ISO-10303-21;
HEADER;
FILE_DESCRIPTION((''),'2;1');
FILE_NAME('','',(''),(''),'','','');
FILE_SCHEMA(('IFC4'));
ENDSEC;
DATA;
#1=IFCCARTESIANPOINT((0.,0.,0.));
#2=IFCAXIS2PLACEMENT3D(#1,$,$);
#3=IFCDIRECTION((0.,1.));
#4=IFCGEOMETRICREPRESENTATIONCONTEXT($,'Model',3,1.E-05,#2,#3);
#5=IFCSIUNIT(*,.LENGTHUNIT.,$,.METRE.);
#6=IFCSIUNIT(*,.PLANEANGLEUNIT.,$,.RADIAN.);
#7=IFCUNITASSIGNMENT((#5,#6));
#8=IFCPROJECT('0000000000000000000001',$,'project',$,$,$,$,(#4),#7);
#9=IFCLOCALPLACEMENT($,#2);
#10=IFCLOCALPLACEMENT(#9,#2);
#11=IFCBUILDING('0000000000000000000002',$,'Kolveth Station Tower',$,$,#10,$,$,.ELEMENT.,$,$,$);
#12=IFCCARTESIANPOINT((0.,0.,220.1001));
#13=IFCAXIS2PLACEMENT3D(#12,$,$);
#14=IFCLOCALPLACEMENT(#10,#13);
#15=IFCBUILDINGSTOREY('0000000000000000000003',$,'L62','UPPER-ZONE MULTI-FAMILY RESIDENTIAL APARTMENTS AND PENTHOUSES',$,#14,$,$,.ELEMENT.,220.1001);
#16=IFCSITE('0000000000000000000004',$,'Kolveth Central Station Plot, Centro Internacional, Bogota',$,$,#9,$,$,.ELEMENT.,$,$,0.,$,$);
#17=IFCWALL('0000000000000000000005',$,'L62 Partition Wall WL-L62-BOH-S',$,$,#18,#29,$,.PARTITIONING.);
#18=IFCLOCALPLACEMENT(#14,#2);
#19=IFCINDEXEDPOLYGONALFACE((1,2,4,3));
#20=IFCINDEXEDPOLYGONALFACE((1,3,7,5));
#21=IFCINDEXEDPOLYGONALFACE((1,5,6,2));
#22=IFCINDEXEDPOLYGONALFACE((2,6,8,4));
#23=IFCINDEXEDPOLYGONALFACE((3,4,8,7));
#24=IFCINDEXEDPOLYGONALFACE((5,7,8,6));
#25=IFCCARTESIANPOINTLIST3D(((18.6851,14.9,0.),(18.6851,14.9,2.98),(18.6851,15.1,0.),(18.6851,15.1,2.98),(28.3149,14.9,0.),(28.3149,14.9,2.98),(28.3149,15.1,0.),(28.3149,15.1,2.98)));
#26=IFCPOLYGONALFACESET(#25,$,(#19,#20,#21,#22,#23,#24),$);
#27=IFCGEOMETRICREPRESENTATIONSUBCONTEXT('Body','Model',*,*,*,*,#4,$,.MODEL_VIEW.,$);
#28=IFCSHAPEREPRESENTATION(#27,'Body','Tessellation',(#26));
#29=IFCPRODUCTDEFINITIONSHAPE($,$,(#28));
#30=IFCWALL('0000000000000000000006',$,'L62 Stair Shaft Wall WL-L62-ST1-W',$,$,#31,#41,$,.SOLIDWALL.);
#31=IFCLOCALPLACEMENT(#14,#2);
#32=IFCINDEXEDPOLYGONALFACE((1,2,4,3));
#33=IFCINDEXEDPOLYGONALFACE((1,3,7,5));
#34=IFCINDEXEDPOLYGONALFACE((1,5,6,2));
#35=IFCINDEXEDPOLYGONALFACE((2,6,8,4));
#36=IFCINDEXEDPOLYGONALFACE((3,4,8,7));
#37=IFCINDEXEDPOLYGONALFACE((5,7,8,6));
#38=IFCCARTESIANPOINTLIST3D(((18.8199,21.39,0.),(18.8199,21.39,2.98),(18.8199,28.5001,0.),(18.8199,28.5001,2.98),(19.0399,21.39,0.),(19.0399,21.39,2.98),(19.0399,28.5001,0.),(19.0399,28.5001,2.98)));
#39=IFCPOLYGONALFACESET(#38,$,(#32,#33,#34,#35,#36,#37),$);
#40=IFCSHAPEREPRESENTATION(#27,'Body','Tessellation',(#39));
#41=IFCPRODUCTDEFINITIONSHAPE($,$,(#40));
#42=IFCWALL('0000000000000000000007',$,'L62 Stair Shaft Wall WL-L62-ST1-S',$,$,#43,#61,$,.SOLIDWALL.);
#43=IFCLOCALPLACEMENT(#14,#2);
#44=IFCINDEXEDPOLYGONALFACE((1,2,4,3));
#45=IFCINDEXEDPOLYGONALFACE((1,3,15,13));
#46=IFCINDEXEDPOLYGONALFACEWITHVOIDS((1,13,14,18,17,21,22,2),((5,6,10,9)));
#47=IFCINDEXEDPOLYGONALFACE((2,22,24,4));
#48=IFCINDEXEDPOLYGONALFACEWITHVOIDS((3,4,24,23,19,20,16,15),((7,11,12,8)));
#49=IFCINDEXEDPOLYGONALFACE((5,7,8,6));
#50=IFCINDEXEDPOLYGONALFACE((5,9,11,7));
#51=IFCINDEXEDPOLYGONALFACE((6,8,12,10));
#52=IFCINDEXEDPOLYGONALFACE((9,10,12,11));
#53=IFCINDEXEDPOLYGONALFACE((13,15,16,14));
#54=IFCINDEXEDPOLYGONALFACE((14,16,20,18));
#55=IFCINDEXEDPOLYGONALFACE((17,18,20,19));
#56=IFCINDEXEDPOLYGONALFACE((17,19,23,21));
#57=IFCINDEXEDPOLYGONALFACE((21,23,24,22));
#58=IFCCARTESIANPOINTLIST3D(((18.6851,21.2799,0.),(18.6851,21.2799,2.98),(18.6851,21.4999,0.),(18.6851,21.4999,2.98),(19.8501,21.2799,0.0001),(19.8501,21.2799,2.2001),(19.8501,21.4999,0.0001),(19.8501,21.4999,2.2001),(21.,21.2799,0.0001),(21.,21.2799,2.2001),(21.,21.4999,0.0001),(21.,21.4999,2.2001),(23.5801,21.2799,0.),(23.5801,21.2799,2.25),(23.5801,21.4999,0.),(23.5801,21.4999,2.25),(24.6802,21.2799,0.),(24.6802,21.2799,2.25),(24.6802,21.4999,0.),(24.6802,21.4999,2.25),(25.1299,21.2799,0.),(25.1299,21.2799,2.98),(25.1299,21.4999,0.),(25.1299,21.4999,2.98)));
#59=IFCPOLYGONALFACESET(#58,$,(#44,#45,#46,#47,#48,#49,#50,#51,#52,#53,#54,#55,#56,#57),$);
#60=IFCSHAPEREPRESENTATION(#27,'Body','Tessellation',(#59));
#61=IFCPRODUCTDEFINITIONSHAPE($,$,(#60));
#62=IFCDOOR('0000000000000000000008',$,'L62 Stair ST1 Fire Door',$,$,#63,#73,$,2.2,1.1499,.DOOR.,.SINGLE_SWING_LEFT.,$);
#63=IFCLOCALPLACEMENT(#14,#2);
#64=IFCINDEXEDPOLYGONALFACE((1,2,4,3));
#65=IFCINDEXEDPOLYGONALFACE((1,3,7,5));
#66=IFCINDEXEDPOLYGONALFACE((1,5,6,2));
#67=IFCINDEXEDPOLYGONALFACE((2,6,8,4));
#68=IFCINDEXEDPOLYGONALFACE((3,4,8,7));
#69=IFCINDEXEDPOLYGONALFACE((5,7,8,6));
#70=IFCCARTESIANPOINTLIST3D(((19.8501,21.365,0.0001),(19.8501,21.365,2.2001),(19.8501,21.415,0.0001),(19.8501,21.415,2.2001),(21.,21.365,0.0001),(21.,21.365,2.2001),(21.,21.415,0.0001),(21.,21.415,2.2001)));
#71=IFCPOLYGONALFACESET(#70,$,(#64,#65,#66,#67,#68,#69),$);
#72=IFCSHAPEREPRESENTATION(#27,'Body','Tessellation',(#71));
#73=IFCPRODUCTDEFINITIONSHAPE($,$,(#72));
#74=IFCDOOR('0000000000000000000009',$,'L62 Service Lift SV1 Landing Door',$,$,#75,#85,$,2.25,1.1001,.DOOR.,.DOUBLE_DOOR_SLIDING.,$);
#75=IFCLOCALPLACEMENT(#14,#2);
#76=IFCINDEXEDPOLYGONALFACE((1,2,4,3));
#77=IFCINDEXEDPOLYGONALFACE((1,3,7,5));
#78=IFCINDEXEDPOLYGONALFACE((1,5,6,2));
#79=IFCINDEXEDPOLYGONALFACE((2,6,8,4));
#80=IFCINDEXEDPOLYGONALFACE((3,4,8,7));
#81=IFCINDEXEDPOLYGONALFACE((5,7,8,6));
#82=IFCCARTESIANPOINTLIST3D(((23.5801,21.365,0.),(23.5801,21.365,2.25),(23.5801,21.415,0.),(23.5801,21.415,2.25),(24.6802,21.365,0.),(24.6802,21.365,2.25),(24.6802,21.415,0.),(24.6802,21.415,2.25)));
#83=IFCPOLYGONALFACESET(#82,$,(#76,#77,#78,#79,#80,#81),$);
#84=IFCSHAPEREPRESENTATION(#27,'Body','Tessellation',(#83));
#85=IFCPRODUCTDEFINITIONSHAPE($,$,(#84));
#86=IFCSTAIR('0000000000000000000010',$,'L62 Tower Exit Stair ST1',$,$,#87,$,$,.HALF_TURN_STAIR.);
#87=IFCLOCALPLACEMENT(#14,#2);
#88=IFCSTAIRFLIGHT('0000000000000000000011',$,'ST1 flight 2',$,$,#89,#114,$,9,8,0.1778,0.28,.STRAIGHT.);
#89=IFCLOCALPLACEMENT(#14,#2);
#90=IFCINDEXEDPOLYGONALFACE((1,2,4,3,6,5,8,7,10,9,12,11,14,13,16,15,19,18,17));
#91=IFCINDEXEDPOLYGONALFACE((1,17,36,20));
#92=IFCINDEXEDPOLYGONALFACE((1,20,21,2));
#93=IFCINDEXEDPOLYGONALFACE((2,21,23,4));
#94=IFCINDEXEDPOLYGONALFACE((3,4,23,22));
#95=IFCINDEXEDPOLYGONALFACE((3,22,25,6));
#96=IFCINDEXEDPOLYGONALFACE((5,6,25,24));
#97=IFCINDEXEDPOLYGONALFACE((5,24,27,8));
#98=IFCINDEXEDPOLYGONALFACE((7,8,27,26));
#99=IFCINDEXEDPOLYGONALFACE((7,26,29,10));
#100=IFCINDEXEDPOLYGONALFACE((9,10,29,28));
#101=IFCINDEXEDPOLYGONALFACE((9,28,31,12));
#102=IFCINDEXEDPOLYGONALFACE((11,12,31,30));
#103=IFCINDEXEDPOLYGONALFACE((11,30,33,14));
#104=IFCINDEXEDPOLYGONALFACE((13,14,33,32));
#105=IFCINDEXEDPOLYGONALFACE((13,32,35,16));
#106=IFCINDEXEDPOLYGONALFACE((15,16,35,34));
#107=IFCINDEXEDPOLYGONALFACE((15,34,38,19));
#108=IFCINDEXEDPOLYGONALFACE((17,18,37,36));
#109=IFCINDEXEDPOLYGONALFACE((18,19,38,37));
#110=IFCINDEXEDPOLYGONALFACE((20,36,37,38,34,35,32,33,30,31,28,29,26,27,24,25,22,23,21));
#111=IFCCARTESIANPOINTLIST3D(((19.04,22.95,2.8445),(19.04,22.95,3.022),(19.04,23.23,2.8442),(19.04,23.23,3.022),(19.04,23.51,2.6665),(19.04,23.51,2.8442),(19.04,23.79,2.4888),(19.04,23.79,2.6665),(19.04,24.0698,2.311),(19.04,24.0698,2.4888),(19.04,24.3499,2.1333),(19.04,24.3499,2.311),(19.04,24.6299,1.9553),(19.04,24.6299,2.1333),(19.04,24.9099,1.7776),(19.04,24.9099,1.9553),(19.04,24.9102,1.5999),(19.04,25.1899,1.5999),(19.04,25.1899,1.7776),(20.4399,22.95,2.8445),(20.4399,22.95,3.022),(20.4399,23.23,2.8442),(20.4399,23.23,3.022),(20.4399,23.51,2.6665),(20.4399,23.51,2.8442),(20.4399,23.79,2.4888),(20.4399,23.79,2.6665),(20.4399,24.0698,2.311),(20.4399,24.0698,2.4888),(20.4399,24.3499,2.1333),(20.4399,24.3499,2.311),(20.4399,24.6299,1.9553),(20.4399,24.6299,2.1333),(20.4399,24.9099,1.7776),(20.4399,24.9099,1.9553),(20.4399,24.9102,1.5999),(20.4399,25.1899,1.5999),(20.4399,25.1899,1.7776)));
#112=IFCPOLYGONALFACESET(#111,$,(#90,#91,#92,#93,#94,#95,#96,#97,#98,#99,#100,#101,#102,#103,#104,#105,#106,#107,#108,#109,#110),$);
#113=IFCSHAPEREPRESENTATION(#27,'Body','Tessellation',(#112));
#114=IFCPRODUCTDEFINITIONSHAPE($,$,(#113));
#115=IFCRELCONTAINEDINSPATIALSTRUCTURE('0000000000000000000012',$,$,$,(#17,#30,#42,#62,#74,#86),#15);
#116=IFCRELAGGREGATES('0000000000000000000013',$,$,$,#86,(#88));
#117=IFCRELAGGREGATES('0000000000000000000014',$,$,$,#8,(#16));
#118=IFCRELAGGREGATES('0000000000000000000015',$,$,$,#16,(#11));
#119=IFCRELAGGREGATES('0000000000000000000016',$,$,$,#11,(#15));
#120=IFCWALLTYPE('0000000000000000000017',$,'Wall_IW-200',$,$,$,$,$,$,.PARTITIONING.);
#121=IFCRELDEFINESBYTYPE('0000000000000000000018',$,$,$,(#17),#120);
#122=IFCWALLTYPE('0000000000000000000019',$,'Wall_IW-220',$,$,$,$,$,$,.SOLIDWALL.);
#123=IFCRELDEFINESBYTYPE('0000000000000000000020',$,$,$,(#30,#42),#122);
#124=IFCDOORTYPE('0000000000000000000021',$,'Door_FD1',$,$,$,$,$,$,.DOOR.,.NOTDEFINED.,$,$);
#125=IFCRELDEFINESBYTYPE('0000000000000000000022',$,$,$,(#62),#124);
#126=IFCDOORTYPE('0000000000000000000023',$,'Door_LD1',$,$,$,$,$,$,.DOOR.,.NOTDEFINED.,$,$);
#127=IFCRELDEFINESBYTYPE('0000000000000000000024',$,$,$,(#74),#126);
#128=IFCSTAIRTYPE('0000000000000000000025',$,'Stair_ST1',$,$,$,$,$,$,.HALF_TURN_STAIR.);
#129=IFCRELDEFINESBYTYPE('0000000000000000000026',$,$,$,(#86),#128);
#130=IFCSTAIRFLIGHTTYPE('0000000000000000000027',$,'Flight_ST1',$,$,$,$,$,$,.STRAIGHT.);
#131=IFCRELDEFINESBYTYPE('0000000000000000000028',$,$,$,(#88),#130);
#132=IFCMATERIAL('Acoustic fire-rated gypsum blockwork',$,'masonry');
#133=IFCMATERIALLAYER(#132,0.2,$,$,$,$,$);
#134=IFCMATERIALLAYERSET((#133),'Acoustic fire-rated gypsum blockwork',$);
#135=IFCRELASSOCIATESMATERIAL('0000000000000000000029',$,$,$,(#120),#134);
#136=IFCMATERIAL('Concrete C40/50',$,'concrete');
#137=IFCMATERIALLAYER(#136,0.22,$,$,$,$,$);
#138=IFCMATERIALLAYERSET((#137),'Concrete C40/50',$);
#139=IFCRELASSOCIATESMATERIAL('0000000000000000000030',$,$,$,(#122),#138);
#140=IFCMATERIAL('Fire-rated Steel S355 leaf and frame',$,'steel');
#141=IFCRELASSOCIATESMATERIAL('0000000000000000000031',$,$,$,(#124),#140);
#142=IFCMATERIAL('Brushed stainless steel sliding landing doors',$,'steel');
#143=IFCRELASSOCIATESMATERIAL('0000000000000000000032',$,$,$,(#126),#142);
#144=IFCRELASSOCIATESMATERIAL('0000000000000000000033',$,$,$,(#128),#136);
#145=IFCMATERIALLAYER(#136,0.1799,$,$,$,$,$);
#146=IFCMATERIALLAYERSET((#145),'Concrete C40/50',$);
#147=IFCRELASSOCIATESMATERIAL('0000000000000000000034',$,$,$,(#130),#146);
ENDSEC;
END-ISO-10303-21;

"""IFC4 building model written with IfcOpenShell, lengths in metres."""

from ifc_helpers import new_model, si_unit, direction, frame, frame_2d, origin, place, context, subcontext, project, spatial, polyline, rectangle, outline, extrude, material, layer, layer_set, type_object, element, fill, aggregate, save


model = new_model("IFC4")

# Units and contexts
model_context = context("Model", 3, precision=1e-05, world=origin(), true_north=direction((0.0, 1.0)))
body_context = subcontext(model_context, "Body", "Model", "MODEL_VIEW")
ifc_project = project(units=[si_unit("LENGTHUNIT", "METRE"), si_unit("PLANEANGLEUNIT", "RADIAN")], contexts=[model_context])

# Site, building, storey
site_placement = place(None, origin())
site = spatial("IfcSite", under=ifc_project, at=site_placement, Name="Kolveth Central Station Plot, Centro Internacional, Bogota", CompositionType="ELEMENT", RefElevation=0.0)
building_placement = place(site_placement, origin())
building = spatial("IfcBuilding", under=site, at=building_placement, Name="Kolveth Station Tower", CompositionType="ELEMENT")
storey_placement = place(building_placement, frame((0.0, 0.0, 220.1001)))
storey = spatial("IfcBuildingStorey", under=building, at=storey_placement, Name="L62", Description="UPPER-ZONE MULTI-FAMILY RESIDENTIAL APARTMENTS AND PENTHOUSES", CompositionType="ELEMENT", Elevation=220.1001)

# Shared definitions
ifc_material_1 = material(Name="Acoustic fire-rated gypsum blockwork", Category="masonry")
ifc_layer_1 = layer(ifc_material_1, 0.2)
ifc_layer_set_1 = layer_set([ifc_layer_1], Name="Acoustic fire-rated gypsum blockwork")
wall_type_1 = type_object("IfcWallType", Name="Wall_IW-200", PredefinedType="PARTITIONING", material=ifc_layer_set_1)

# Walls
wall_1_placement = place(storey_placement, frame((18.6851, 15.0, 0.0), z_axis=(0.0, 0.0, 1.0), x_axis=(1.0, 0.0, 0.0)))
element("IfcWall", 1, at=wall_1_placement, inside=storey, type_object=wall_type_1, Name="L62 Partition Wall WL-L62-BOH-S", PredefinedType="PARTITIONING", context=body_context, shape_type="SweptSolid", body=[
    extrude(rectangle(XDim=9.6299, YDim=0.2, at=frame_2d((4.8149, 0.0))), origin(), (0.0, 0.0, 1.0), 2.98),
])
ifc_material_2 = material(Name="Concrete C40/50", Category="concrete")
ifc_layer_2 = layer(ifc_material_2, 0.22)
ifc_layer_set_2 = layer_set([ifc_layer_2], Name="Concrete C40/50")
wall_type_2 = type_object("IfcWallType", Name="Wall_IW-220", PredefinedType="SOLIDWALL", material=ifc_layer_set_2)
wall_2_placement = place(storey_placement, frame((18.9299, 21.3899, 0.0), z_axis=(0.0, 0.0, 1.0), x_axis=(0.0, 1.0, 0.0)))
element("IfcWall", 2, at=wall_2_placement, inside=storey, type_object=wall_type_2, Name="L62 Stair Shaft Wall WL-L62-ST1-W", PredefinedType="SOLIDWALL", context=body_context, shape_type="SweptSolid", body=[
    extrude(rectangle(XDim=7.1101, YDim=0.22, at=frame_2d((3.5552, 0.0))), origin(), (0.0, 0.0, 1.0), 2.98),
])

# Wall, openings, doors
wall_3_placement = place(storey_placement, frame((18.6851, 21.3899, 0.0), z_axis=(0.0, 0.0, 1.0), x_axis=(1.0, 0.0, 0.0)))
wall_3 = element("IfcWall", 3, at=wall_3_placement, inside=storey, type_object=wall_type_2, Name="L62 Stair Shaft Wall WL-L62-ST1-S", PredefinedType="SOLIDWALL", context=body_context, shape_type="SweptSolid", body=[
    extrude(rectangle(XDim=6.4448, YDim=0.22, at=frame_2d((3.2224, 0.0))), origin(), (0.0, 0.0, 1.0), 2.98),
])
opening_1_placement = place(wall_3_placement, frame((1.165, 0.0, 0.0)))
opening_1 = element("IfcOpeningElement", 4, at=opening_1_placement, cuts=wall_3, PredefinedType="OPENING", context=body_context, shape_type="SweptSolid", body=[
    extrude(rectangle(XDim=1.1499, YDim=2.2, at=frame_2d((0.575, 1.1001))), frame((0.0, 0.1199, 0.0), z_axis=(0.0, -1.0, 0.0), x_axis=(1.0, 0.0, 0.0)), (0.0, 0.0, 1.0), 0.24),
])
opening_2_placement = place(wall_3_placement, frame((4.895, 0.0, 0.0)))
opening_2 = element("IfcOpeningElement", 5, at=opening_2_placement, cuts=wall_3, PredefinedType="OPENING", context=body_context, shape_type="SweptSolid", body=[
    extrude(rectangle(XDim=1.1001, YDim=2.25, at=frame_2d((0.55, 1.125))), frame((0.0, 0.1199, 0.0), z_axis=(0.0, -1.0, 0.0), x_axis=(1.0, 0.0, 0.0)), (0.0, 0.0, 1.0), 0.24),
])
ifc_material_3 = material(Name="Fire-rated Steel S355 leaf and frame", Category="steel")
door_type_1 = type_object("IfcDoorType", Name="Door_FD1", OperationType="NOTDEFINED", PredefinedType="DOOR", material=ifc_material_3)
door_1_placement = place(opening_1_placement, frame((1.1499, 0.0, 0.0), z_axis=(0.0, 0.0, 1.0), x_axis=(-1.0, 0.0, 0.0)))
door_1 = element("IfcDoor", 6, at=door_1_placement, inside=storey, type_object=door_type_1, Name="L62 Stair ST1 Fire Door", OperationType="SINGLE_SWING_LEFT", OverallHeight=2.2, OverallWidth=1.1499, PredefinedType="DOOR", context=body_context, shape_type="SweptSolid", body=[
    extrude(rectangle(XDim=1.1499, YDim=2.2, at=frame_2d((0.575, 1.1001))), frame((0.0, 0.0249, 0.0), z_axis=(0.0, -1.0, 0.0), x_axis=(1.0, 0.0, 0.0)), (0.0, 0.0, 1.0), 0.05),
])
fill(opening_1, door_1)
ifc_material_4 = material(Name="Brushed stainless steel sliding landing doors", Category="steel")
door_type_2 = type_object("IfcDoorType", Name="Door_LD1", OperationType="NOTDEFINED", PredefinedType="DOOR", material=ifc_material_4)
door_2_placement = place(opening_2_placement, frame((1.1001, 0.0, 0.0), z_axis=(0.0, 0.0, 1.0), x_axis=(-1.0, 0.0, 0.0)))
door_2 = element("IfcDoor", 7, at=door_2_placement, inside=storey, type_object=door_type_2, Name="L62 Service Lift SV1 Landing Door", OperationType="DOUBLE_DOOR_SLIDING", OverallHeight=2.25, OverallWidth=1.1001, PredefinedType="DOOR", context=body_context, shape_type="SweptSolid", body=[
    extrude(rectangle(XDim=1.1001, YDim=2.25, at=frame_2d((0.55, 1.125))), frame((0.0, 0.0249, 0.0), z_axis=(0.0, -1.0, 0.0), x_axis=(1.0, 0.0, 0.0)), (0.0, 0.0, 1.0), 0.05),
])
fill(opening_2, door_2)

# Stair, stair flight
stair_type = type_object("IfcStairType", Name="Stair_ST1", PredefinedType="HALF_TURN_STAIR", material=ifc_material_2)
stair_placement = place(storey_placement, origin())
stair = element("IfcStair", 8, at=stair_placement, inside=storey, type_object=stair_type, Name="L62 Tower Exit Stair ST1", PredefinedType="HALF_TURN_STAIR")
ifc_layer_3 = layer(ifc_material_2, 0.1799)
ifc_layer_set_3 = layer_set([ifc_layer_3], Name="Concrete C40/50")
stair_flight_type = type_object("IfcStairFlightType", Name="Flight_ST1", PredefinedType="STRAIGHT", material=ifc_layer_set_3)
stair_flight_placement = place(storey_placement, frame((19.74, 25.1899, 1.5999), z_axis=(0.0, 0.0, 1.0), x_axis=(0.0, -1.0, 0.0)))
stair_flight = element("IfcStairFlight", 9, at=stair_flight_placement, type_object=stair_flight_type, Name="ST1 flight 2", NumberOfRisers=9, NumberOfTreads=8, PredefinedType="STRAIGHT", RiserHeight=0.1778, TreadLength=0.28, context=body_context, shape_type="SweptSolid", body=[
    extrude(outline(polyline([(0.0, 0.0), (0.0, 0.1777), (0.28, 0.1777), (0.28, 0.3555), (0.5601, 0.3555), (0.5601, 0.5334), (0.8401, 0.5334), (0.8401, 0.7112), (1.1201, 0.7112), (1.1201, 0.8889), (1.3999, 0.8889), (1.3999, 1.0667), (1.6799, 1.0667), (1.6799, 1.2444), (1.96, 1.2444), (1.96, 1.4221), (2.24, 1.4221), (2.24, 1.6001), (2.24, 1.2446), (0.2798, 0.0), (0.0, 0.0)])), frame((0.0, 0.7, 0.0), z_axis=(0.0, -1.0, 0.0), x_axis=(1.0, 0.0, 0.0)), (0.0, 0.0, 1.0), 1.3999),
])
aggregate(stair, [stair_flight])

save(model, "model.ifc")
